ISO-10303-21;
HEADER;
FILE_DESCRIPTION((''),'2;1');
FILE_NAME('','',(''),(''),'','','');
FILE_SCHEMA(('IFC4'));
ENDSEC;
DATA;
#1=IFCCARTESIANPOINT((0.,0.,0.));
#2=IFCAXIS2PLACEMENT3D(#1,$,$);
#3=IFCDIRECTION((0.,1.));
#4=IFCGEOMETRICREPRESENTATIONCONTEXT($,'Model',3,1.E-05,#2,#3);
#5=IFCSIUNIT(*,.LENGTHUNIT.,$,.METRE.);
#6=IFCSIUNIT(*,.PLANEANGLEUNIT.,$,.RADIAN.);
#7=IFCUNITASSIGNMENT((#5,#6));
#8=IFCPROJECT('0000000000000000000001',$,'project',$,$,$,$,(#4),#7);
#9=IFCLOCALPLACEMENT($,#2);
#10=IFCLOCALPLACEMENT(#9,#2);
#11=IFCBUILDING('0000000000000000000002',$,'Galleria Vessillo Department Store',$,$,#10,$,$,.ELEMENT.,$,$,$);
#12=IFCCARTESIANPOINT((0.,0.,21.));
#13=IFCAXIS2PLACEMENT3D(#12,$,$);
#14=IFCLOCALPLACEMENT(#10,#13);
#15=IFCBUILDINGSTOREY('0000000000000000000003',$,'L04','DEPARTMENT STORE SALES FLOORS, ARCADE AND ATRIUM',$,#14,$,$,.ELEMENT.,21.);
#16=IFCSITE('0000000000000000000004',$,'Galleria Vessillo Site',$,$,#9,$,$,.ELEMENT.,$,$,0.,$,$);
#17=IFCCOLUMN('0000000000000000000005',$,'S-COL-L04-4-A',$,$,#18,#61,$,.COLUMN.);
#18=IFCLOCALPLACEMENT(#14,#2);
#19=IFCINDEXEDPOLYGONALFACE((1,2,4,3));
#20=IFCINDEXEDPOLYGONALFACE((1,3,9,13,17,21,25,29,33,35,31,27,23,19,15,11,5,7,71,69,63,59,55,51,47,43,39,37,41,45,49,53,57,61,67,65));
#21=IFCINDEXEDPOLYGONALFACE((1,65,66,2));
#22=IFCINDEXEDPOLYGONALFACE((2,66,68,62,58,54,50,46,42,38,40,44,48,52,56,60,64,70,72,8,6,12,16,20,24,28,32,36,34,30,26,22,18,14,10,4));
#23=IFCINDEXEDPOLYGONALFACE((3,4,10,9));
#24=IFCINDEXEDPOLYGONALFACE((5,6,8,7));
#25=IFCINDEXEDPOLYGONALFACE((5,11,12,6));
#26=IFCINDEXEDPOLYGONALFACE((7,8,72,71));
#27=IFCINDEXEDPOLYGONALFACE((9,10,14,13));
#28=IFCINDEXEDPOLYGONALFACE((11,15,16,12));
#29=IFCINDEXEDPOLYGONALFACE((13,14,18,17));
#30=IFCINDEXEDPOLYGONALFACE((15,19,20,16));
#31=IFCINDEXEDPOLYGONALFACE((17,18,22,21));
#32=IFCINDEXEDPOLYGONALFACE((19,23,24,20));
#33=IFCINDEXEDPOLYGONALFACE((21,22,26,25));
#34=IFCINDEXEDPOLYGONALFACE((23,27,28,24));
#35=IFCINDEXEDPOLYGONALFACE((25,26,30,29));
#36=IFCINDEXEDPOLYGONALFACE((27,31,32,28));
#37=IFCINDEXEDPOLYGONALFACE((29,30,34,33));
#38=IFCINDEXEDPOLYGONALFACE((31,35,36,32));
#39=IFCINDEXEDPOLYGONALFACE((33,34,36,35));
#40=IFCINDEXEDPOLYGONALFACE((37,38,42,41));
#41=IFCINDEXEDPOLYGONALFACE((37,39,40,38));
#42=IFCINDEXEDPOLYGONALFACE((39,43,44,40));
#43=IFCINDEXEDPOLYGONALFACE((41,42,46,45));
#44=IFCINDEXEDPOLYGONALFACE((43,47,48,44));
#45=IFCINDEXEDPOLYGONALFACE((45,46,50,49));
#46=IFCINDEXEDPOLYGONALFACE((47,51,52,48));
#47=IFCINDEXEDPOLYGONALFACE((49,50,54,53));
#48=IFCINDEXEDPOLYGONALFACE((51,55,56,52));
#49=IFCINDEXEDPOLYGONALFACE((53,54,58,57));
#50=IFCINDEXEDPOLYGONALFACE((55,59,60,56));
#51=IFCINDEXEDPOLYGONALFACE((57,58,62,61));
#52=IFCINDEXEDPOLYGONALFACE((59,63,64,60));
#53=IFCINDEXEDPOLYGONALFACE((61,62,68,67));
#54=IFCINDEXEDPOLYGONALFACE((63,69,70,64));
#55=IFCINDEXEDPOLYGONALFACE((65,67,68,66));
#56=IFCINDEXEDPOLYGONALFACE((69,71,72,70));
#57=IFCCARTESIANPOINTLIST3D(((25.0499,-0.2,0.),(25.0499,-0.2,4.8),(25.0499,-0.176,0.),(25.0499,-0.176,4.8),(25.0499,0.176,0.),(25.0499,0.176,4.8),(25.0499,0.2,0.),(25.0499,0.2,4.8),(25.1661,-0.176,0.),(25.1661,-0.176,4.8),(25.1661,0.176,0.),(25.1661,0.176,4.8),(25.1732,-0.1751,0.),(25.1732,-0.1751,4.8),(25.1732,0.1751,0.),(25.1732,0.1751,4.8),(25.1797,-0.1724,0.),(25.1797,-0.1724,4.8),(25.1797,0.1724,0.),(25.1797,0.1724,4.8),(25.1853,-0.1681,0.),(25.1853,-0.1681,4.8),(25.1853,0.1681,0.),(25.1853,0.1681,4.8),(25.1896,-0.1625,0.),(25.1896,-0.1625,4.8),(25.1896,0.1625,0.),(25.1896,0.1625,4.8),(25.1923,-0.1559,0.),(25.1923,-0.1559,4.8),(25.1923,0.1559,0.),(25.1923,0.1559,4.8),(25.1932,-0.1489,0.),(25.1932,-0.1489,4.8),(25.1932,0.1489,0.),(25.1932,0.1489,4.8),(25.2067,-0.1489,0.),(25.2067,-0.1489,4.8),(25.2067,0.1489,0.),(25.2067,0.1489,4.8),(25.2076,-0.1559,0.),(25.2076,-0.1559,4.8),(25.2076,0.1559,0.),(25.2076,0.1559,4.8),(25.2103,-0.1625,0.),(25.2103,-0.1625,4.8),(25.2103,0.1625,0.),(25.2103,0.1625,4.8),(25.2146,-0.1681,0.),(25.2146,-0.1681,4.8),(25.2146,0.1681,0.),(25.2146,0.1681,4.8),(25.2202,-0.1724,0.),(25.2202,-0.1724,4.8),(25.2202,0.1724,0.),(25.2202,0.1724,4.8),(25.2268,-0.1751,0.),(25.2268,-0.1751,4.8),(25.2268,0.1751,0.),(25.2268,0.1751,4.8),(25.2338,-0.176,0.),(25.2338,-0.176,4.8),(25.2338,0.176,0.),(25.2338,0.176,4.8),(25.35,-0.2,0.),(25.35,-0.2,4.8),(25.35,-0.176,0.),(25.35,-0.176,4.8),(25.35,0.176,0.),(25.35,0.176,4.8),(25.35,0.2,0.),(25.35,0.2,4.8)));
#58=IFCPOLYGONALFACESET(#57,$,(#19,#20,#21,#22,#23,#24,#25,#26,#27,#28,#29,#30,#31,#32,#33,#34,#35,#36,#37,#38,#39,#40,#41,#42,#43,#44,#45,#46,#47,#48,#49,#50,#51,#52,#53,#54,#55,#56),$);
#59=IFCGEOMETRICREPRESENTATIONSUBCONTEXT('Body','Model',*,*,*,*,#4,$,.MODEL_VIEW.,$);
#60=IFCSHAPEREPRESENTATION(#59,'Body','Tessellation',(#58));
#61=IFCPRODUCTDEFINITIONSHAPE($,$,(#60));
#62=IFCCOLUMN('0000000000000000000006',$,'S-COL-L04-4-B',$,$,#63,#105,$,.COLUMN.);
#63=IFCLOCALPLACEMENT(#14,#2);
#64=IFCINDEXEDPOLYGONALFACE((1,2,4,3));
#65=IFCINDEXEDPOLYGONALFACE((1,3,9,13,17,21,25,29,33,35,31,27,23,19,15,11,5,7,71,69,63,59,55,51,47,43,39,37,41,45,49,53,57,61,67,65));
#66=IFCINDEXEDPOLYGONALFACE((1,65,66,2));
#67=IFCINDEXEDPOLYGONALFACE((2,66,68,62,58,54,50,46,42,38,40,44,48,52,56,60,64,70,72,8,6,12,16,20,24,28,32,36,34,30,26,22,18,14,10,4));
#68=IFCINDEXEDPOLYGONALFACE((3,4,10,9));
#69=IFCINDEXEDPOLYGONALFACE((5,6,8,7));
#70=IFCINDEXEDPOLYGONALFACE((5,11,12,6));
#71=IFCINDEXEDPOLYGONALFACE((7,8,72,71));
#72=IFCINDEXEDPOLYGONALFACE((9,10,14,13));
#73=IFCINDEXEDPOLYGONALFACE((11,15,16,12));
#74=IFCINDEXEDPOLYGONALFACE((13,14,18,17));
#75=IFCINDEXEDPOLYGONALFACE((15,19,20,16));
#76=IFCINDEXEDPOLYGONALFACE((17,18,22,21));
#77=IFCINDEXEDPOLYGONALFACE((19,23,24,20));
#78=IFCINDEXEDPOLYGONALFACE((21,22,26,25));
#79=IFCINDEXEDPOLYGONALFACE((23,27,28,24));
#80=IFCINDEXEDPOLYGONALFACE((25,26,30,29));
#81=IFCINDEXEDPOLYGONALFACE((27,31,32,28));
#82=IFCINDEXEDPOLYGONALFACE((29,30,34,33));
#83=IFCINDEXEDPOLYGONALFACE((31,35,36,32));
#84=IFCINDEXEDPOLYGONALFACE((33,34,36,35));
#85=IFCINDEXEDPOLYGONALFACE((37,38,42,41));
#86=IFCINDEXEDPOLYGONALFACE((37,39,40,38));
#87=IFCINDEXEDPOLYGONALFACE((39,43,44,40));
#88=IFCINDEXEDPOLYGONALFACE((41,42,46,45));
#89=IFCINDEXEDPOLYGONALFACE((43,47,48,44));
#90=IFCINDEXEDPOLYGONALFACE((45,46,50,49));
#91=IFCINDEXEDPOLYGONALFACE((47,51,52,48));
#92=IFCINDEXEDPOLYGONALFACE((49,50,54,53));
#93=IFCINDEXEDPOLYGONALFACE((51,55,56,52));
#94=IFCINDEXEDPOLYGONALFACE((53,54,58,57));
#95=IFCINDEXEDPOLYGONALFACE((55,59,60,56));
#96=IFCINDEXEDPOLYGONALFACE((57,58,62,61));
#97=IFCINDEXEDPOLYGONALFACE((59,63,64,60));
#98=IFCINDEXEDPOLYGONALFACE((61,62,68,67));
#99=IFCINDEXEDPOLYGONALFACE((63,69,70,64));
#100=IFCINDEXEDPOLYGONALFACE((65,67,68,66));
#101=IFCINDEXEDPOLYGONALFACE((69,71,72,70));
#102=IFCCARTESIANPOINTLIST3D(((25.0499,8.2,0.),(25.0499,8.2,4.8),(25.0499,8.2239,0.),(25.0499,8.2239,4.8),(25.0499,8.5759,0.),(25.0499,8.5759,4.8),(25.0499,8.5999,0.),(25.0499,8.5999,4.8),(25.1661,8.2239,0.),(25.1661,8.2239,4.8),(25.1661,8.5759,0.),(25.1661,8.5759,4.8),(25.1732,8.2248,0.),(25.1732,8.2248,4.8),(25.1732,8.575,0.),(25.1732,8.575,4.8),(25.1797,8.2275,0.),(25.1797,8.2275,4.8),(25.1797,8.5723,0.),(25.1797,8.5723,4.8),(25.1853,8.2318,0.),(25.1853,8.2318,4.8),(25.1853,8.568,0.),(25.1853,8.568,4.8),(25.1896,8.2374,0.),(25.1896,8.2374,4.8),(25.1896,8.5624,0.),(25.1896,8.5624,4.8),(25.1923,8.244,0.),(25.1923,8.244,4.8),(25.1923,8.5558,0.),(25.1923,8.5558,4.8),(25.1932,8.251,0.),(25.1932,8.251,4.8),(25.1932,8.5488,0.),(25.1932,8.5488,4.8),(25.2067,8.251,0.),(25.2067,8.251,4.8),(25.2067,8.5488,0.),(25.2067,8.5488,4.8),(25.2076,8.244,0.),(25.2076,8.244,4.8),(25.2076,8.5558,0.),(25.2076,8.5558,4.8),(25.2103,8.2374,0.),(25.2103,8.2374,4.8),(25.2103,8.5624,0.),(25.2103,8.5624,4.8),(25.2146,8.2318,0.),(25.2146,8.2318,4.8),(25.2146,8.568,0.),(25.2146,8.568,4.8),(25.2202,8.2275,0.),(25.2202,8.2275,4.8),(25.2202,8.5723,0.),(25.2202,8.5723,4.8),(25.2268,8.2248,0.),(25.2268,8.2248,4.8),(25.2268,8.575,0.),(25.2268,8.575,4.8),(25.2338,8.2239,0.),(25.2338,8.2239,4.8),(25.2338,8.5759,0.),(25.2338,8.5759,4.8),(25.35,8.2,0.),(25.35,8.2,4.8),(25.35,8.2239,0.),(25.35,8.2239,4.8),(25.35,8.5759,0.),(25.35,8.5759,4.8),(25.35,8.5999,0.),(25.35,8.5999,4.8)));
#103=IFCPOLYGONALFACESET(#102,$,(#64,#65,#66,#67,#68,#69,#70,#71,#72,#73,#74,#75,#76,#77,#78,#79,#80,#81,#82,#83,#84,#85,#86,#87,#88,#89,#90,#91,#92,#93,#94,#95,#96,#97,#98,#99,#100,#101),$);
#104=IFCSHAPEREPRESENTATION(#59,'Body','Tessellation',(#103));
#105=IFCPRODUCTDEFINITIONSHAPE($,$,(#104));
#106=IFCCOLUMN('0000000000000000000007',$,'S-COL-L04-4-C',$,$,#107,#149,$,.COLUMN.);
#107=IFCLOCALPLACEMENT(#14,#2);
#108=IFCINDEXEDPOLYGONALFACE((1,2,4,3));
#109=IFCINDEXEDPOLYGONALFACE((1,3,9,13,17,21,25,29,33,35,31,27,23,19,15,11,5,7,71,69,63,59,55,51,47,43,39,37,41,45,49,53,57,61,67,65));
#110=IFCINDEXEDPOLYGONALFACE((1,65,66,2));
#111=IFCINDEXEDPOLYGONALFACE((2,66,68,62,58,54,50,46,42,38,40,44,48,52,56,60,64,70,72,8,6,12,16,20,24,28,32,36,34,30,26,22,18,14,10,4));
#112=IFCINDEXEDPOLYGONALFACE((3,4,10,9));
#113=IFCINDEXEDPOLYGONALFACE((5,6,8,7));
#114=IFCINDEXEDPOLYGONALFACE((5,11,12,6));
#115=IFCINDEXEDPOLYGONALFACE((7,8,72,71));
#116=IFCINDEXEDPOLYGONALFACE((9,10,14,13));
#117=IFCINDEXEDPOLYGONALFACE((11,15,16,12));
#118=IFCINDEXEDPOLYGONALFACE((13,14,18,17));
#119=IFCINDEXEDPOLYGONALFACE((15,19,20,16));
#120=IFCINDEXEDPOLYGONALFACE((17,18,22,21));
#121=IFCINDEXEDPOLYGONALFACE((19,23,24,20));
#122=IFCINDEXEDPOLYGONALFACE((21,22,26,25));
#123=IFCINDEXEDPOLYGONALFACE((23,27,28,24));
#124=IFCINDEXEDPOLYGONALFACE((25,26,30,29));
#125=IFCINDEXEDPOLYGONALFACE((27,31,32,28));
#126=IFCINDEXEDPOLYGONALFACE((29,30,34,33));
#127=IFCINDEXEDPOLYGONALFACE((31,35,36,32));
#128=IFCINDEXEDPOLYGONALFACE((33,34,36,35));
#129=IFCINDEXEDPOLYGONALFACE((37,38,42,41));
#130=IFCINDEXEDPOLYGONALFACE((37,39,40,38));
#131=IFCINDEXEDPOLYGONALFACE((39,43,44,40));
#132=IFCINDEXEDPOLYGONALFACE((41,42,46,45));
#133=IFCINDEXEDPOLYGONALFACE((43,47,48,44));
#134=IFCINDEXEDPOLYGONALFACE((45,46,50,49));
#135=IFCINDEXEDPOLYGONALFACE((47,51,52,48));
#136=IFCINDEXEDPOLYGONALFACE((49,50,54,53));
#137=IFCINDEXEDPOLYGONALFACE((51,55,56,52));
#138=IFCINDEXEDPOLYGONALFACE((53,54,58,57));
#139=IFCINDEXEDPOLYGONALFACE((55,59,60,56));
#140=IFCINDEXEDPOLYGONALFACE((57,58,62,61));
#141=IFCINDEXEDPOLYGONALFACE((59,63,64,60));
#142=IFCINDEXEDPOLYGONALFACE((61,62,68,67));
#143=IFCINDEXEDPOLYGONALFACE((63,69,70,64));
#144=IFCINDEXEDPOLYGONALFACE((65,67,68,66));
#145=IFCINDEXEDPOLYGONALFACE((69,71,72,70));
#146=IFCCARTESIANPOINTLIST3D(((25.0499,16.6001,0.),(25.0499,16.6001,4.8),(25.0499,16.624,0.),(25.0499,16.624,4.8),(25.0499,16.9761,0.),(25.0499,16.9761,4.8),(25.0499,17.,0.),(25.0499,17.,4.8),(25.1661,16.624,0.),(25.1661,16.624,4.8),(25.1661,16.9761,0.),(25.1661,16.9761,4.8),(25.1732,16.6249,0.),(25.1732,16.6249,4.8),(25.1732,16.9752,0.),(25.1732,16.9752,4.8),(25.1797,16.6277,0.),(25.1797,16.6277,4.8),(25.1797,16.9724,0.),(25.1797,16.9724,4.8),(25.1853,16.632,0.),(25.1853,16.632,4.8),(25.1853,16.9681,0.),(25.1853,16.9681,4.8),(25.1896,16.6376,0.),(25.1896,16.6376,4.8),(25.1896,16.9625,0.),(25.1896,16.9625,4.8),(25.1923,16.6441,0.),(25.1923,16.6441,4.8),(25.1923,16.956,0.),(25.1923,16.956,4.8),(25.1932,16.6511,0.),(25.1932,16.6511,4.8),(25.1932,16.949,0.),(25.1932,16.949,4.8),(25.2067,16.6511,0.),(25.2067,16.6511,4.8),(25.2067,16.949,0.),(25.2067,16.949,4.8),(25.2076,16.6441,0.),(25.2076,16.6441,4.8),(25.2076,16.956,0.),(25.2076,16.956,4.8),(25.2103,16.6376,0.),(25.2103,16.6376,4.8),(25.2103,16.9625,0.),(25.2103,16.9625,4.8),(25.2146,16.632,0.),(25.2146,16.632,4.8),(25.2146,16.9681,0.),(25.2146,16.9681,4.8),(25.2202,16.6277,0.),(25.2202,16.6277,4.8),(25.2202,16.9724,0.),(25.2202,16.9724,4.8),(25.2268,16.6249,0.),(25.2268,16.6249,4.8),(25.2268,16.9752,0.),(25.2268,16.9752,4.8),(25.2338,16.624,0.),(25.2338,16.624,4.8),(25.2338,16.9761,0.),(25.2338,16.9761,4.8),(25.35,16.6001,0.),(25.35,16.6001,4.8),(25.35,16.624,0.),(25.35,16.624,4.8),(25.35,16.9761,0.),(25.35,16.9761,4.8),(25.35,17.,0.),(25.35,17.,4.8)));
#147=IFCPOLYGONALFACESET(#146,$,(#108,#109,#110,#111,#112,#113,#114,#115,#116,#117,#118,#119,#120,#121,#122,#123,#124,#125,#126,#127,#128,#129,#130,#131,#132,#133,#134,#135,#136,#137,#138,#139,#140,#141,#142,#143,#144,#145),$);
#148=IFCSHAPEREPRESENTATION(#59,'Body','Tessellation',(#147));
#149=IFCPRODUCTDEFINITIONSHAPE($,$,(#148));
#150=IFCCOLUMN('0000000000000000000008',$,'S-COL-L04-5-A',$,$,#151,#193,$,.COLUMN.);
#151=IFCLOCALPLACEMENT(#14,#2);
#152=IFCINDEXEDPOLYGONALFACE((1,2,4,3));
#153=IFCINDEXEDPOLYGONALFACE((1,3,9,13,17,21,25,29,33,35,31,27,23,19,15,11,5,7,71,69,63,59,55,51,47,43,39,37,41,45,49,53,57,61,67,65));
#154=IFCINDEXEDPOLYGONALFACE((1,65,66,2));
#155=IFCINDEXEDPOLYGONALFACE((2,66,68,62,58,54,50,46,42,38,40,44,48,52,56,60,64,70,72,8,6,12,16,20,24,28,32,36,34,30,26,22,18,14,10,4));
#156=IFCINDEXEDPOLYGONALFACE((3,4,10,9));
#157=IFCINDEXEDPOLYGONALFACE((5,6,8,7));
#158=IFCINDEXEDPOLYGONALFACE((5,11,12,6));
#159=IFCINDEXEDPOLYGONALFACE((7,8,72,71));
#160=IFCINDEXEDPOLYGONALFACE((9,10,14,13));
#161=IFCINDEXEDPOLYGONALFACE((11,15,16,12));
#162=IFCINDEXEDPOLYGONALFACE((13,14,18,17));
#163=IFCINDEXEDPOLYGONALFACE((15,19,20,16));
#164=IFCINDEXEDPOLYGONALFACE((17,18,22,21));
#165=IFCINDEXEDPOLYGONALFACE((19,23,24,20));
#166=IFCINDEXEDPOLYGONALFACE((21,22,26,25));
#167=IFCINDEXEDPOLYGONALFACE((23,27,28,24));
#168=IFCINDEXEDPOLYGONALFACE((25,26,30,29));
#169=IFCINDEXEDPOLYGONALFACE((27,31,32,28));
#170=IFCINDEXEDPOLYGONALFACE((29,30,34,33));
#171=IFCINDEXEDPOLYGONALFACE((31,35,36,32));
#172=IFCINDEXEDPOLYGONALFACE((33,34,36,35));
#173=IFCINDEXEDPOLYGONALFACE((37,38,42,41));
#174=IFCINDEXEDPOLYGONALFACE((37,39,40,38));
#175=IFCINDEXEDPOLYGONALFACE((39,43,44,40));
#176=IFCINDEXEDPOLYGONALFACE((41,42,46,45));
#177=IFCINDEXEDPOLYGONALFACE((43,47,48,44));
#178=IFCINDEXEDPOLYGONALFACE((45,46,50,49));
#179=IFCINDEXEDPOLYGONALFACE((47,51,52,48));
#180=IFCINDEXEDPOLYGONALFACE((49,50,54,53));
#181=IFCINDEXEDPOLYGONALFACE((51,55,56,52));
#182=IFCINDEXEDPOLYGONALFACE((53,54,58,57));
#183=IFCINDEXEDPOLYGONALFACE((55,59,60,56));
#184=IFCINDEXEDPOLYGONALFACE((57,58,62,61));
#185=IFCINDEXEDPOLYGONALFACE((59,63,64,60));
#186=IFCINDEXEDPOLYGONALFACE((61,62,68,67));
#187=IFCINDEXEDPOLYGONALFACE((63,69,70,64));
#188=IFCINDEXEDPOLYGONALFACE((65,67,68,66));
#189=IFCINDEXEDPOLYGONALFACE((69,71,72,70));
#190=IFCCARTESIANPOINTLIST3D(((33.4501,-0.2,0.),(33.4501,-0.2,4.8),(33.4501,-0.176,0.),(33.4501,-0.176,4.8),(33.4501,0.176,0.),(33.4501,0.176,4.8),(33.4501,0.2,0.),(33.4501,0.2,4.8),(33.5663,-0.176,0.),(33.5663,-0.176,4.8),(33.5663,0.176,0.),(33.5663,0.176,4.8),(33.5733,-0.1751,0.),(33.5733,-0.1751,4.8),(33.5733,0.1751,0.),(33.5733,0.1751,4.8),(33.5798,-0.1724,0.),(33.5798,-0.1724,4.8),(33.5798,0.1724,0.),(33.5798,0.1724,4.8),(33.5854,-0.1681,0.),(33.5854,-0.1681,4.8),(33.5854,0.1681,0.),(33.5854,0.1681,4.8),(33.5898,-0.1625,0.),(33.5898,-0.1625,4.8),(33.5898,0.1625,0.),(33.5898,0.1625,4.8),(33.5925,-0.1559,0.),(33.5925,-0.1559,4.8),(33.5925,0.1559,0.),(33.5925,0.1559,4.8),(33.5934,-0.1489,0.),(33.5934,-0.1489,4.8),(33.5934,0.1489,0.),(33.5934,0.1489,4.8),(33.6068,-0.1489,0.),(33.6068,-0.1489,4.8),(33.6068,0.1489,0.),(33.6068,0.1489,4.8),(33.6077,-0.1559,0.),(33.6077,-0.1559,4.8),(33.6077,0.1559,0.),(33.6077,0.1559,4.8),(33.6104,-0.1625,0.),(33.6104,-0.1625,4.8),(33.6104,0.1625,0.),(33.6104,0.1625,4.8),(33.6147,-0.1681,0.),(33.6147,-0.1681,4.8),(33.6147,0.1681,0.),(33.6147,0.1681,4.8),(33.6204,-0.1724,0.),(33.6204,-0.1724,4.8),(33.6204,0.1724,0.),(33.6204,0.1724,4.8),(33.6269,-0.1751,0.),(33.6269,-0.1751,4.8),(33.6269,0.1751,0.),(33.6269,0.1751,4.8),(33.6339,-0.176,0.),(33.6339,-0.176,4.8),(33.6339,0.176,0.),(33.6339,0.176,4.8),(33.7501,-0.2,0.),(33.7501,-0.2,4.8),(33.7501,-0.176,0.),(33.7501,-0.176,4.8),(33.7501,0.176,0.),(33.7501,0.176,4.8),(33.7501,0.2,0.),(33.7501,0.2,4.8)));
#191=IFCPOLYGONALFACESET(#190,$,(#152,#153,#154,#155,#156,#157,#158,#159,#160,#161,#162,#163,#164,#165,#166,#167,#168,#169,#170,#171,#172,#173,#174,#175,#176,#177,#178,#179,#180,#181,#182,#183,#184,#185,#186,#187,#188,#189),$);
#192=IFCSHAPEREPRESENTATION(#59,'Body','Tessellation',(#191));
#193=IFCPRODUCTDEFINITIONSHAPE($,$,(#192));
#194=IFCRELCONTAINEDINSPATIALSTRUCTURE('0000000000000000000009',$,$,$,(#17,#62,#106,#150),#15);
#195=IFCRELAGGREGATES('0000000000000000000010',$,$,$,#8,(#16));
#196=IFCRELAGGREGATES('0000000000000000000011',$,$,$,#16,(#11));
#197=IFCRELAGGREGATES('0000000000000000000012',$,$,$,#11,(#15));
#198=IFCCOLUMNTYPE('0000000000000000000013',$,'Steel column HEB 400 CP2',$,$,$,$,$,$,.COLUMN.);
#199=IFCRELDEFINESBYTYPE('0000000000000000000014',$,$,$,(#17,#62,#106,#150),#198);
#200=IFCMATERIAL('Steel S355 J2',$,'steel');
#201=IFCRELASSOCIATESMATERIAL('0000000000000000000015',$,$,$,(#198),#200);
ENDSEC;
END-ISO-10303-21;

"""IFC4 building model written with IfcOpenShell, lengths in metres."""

from ifc_helpers import new_model, si_unit, direction, frame, origin, origin_2d, place, context, subcontext, project, spatial, i_section, extrude, material, material_profile, profile_set, type_object, element, save


model = new_model("IFC4")

# Units and contexts
model_context = context("Model", 3, precision=1e-05, world=origin(), true_north=direction((0.0, 1.0)))
body_context = subcontext(model_context, "Body", "Model", "MODEL_VIEW")
ifc_project = project(units=[si_unit("LENGTHUNIT", "METRE"), si_unit("PLANEANGLEUNIT", "RADIAN")], contexts=[model_context])

# Site, building, storey
site_placement = place(None, origin())
site = spatial("IfcSite", under=ifc_project, at=site_placement, Name="Galleria Vessillo Site", CompositionType="ELEMENT", RefElevation=0.0)
building_placement = place(site_placement, origin())
building = spatial("IfcBuilding", under=site, at=building_placement, Name="Galleria Vessillo Department Store", CompositionType="ELEMENT")
storey_placement = place(building_placement, frame((0.0, 0.0, 21.0)))
storey = spatial("IfcBuildingStorey", under=building, at=storey_placement, Name="L04", Description="DEPARTMENT STORE SALES FLOORS, ARCADE AND ATRIUM", CompositionType="ELEMENT", Elevation=21.0)

# Columns
ifc_material_1 = material(Name="Steel S355 J2", Category="steel")
ifc_material_profile_1 = material_profile(ifc_material_1, i_section(OverallWidth=0.3, OverallDepth=0.3999, WebThickness=0.0134, FlangeThickness=0.0239, FilletRadius=0.0271, at=origin_2d()), Name="HEB 400")
ifc_profile_set_1 = profile_set([ifc_material_profile_1], Name="Steel S355 J2")
column_type = type_object("IfcColumnType", Name="Steel column HEB 400 CP2", PredefinedType="COLUMN", material=ifc_profile_set_1)
for number, where, z_axis, x_axis, name in (
    (1, (25.2, 0.0, 0.0), (0.0, 0.0, 1.0), (1.0, 0.0, 0.0), "S-COL-L04-4-A"),
    (2, (25.2, 8.3999, 0.0), (0.0, 0.0, 1.0), (1.0, 0.0, 0.0), "S-COL-L04-4-B"),
    (3, (25.2, 16.8, 0.0), (0.0, 0.0, 1.0), (1.0, 0.0, 0.0), "S-COL-L04-4-C"),
    (4, (33.6001, 0.0, 0.0), (0.0, 0.0, 1.0), (1.0, 0.0, 0.0), "S-COL-L04-5-A"),
):
    element("IfcColumn", number, at=place(storey_placement, frame(where, z_axis=z_axis, x_axis=x_axis)), inside=storey, type_object=column_type, Name=name, PredefinedType="COLUMN", context=body_context, shape_type="SweptSolid", body=[
        extrude(i_section(OverallWidth=0.3, OverallDepth=0.3999, WebThickness=0.0134, FlangeThickness=0.0239, FilletRadius=0.0271, at=origin_2d()), origin(), (0.0, 0.0, 1.0), 4.8),
    ])

save(model, "model.ifc")
